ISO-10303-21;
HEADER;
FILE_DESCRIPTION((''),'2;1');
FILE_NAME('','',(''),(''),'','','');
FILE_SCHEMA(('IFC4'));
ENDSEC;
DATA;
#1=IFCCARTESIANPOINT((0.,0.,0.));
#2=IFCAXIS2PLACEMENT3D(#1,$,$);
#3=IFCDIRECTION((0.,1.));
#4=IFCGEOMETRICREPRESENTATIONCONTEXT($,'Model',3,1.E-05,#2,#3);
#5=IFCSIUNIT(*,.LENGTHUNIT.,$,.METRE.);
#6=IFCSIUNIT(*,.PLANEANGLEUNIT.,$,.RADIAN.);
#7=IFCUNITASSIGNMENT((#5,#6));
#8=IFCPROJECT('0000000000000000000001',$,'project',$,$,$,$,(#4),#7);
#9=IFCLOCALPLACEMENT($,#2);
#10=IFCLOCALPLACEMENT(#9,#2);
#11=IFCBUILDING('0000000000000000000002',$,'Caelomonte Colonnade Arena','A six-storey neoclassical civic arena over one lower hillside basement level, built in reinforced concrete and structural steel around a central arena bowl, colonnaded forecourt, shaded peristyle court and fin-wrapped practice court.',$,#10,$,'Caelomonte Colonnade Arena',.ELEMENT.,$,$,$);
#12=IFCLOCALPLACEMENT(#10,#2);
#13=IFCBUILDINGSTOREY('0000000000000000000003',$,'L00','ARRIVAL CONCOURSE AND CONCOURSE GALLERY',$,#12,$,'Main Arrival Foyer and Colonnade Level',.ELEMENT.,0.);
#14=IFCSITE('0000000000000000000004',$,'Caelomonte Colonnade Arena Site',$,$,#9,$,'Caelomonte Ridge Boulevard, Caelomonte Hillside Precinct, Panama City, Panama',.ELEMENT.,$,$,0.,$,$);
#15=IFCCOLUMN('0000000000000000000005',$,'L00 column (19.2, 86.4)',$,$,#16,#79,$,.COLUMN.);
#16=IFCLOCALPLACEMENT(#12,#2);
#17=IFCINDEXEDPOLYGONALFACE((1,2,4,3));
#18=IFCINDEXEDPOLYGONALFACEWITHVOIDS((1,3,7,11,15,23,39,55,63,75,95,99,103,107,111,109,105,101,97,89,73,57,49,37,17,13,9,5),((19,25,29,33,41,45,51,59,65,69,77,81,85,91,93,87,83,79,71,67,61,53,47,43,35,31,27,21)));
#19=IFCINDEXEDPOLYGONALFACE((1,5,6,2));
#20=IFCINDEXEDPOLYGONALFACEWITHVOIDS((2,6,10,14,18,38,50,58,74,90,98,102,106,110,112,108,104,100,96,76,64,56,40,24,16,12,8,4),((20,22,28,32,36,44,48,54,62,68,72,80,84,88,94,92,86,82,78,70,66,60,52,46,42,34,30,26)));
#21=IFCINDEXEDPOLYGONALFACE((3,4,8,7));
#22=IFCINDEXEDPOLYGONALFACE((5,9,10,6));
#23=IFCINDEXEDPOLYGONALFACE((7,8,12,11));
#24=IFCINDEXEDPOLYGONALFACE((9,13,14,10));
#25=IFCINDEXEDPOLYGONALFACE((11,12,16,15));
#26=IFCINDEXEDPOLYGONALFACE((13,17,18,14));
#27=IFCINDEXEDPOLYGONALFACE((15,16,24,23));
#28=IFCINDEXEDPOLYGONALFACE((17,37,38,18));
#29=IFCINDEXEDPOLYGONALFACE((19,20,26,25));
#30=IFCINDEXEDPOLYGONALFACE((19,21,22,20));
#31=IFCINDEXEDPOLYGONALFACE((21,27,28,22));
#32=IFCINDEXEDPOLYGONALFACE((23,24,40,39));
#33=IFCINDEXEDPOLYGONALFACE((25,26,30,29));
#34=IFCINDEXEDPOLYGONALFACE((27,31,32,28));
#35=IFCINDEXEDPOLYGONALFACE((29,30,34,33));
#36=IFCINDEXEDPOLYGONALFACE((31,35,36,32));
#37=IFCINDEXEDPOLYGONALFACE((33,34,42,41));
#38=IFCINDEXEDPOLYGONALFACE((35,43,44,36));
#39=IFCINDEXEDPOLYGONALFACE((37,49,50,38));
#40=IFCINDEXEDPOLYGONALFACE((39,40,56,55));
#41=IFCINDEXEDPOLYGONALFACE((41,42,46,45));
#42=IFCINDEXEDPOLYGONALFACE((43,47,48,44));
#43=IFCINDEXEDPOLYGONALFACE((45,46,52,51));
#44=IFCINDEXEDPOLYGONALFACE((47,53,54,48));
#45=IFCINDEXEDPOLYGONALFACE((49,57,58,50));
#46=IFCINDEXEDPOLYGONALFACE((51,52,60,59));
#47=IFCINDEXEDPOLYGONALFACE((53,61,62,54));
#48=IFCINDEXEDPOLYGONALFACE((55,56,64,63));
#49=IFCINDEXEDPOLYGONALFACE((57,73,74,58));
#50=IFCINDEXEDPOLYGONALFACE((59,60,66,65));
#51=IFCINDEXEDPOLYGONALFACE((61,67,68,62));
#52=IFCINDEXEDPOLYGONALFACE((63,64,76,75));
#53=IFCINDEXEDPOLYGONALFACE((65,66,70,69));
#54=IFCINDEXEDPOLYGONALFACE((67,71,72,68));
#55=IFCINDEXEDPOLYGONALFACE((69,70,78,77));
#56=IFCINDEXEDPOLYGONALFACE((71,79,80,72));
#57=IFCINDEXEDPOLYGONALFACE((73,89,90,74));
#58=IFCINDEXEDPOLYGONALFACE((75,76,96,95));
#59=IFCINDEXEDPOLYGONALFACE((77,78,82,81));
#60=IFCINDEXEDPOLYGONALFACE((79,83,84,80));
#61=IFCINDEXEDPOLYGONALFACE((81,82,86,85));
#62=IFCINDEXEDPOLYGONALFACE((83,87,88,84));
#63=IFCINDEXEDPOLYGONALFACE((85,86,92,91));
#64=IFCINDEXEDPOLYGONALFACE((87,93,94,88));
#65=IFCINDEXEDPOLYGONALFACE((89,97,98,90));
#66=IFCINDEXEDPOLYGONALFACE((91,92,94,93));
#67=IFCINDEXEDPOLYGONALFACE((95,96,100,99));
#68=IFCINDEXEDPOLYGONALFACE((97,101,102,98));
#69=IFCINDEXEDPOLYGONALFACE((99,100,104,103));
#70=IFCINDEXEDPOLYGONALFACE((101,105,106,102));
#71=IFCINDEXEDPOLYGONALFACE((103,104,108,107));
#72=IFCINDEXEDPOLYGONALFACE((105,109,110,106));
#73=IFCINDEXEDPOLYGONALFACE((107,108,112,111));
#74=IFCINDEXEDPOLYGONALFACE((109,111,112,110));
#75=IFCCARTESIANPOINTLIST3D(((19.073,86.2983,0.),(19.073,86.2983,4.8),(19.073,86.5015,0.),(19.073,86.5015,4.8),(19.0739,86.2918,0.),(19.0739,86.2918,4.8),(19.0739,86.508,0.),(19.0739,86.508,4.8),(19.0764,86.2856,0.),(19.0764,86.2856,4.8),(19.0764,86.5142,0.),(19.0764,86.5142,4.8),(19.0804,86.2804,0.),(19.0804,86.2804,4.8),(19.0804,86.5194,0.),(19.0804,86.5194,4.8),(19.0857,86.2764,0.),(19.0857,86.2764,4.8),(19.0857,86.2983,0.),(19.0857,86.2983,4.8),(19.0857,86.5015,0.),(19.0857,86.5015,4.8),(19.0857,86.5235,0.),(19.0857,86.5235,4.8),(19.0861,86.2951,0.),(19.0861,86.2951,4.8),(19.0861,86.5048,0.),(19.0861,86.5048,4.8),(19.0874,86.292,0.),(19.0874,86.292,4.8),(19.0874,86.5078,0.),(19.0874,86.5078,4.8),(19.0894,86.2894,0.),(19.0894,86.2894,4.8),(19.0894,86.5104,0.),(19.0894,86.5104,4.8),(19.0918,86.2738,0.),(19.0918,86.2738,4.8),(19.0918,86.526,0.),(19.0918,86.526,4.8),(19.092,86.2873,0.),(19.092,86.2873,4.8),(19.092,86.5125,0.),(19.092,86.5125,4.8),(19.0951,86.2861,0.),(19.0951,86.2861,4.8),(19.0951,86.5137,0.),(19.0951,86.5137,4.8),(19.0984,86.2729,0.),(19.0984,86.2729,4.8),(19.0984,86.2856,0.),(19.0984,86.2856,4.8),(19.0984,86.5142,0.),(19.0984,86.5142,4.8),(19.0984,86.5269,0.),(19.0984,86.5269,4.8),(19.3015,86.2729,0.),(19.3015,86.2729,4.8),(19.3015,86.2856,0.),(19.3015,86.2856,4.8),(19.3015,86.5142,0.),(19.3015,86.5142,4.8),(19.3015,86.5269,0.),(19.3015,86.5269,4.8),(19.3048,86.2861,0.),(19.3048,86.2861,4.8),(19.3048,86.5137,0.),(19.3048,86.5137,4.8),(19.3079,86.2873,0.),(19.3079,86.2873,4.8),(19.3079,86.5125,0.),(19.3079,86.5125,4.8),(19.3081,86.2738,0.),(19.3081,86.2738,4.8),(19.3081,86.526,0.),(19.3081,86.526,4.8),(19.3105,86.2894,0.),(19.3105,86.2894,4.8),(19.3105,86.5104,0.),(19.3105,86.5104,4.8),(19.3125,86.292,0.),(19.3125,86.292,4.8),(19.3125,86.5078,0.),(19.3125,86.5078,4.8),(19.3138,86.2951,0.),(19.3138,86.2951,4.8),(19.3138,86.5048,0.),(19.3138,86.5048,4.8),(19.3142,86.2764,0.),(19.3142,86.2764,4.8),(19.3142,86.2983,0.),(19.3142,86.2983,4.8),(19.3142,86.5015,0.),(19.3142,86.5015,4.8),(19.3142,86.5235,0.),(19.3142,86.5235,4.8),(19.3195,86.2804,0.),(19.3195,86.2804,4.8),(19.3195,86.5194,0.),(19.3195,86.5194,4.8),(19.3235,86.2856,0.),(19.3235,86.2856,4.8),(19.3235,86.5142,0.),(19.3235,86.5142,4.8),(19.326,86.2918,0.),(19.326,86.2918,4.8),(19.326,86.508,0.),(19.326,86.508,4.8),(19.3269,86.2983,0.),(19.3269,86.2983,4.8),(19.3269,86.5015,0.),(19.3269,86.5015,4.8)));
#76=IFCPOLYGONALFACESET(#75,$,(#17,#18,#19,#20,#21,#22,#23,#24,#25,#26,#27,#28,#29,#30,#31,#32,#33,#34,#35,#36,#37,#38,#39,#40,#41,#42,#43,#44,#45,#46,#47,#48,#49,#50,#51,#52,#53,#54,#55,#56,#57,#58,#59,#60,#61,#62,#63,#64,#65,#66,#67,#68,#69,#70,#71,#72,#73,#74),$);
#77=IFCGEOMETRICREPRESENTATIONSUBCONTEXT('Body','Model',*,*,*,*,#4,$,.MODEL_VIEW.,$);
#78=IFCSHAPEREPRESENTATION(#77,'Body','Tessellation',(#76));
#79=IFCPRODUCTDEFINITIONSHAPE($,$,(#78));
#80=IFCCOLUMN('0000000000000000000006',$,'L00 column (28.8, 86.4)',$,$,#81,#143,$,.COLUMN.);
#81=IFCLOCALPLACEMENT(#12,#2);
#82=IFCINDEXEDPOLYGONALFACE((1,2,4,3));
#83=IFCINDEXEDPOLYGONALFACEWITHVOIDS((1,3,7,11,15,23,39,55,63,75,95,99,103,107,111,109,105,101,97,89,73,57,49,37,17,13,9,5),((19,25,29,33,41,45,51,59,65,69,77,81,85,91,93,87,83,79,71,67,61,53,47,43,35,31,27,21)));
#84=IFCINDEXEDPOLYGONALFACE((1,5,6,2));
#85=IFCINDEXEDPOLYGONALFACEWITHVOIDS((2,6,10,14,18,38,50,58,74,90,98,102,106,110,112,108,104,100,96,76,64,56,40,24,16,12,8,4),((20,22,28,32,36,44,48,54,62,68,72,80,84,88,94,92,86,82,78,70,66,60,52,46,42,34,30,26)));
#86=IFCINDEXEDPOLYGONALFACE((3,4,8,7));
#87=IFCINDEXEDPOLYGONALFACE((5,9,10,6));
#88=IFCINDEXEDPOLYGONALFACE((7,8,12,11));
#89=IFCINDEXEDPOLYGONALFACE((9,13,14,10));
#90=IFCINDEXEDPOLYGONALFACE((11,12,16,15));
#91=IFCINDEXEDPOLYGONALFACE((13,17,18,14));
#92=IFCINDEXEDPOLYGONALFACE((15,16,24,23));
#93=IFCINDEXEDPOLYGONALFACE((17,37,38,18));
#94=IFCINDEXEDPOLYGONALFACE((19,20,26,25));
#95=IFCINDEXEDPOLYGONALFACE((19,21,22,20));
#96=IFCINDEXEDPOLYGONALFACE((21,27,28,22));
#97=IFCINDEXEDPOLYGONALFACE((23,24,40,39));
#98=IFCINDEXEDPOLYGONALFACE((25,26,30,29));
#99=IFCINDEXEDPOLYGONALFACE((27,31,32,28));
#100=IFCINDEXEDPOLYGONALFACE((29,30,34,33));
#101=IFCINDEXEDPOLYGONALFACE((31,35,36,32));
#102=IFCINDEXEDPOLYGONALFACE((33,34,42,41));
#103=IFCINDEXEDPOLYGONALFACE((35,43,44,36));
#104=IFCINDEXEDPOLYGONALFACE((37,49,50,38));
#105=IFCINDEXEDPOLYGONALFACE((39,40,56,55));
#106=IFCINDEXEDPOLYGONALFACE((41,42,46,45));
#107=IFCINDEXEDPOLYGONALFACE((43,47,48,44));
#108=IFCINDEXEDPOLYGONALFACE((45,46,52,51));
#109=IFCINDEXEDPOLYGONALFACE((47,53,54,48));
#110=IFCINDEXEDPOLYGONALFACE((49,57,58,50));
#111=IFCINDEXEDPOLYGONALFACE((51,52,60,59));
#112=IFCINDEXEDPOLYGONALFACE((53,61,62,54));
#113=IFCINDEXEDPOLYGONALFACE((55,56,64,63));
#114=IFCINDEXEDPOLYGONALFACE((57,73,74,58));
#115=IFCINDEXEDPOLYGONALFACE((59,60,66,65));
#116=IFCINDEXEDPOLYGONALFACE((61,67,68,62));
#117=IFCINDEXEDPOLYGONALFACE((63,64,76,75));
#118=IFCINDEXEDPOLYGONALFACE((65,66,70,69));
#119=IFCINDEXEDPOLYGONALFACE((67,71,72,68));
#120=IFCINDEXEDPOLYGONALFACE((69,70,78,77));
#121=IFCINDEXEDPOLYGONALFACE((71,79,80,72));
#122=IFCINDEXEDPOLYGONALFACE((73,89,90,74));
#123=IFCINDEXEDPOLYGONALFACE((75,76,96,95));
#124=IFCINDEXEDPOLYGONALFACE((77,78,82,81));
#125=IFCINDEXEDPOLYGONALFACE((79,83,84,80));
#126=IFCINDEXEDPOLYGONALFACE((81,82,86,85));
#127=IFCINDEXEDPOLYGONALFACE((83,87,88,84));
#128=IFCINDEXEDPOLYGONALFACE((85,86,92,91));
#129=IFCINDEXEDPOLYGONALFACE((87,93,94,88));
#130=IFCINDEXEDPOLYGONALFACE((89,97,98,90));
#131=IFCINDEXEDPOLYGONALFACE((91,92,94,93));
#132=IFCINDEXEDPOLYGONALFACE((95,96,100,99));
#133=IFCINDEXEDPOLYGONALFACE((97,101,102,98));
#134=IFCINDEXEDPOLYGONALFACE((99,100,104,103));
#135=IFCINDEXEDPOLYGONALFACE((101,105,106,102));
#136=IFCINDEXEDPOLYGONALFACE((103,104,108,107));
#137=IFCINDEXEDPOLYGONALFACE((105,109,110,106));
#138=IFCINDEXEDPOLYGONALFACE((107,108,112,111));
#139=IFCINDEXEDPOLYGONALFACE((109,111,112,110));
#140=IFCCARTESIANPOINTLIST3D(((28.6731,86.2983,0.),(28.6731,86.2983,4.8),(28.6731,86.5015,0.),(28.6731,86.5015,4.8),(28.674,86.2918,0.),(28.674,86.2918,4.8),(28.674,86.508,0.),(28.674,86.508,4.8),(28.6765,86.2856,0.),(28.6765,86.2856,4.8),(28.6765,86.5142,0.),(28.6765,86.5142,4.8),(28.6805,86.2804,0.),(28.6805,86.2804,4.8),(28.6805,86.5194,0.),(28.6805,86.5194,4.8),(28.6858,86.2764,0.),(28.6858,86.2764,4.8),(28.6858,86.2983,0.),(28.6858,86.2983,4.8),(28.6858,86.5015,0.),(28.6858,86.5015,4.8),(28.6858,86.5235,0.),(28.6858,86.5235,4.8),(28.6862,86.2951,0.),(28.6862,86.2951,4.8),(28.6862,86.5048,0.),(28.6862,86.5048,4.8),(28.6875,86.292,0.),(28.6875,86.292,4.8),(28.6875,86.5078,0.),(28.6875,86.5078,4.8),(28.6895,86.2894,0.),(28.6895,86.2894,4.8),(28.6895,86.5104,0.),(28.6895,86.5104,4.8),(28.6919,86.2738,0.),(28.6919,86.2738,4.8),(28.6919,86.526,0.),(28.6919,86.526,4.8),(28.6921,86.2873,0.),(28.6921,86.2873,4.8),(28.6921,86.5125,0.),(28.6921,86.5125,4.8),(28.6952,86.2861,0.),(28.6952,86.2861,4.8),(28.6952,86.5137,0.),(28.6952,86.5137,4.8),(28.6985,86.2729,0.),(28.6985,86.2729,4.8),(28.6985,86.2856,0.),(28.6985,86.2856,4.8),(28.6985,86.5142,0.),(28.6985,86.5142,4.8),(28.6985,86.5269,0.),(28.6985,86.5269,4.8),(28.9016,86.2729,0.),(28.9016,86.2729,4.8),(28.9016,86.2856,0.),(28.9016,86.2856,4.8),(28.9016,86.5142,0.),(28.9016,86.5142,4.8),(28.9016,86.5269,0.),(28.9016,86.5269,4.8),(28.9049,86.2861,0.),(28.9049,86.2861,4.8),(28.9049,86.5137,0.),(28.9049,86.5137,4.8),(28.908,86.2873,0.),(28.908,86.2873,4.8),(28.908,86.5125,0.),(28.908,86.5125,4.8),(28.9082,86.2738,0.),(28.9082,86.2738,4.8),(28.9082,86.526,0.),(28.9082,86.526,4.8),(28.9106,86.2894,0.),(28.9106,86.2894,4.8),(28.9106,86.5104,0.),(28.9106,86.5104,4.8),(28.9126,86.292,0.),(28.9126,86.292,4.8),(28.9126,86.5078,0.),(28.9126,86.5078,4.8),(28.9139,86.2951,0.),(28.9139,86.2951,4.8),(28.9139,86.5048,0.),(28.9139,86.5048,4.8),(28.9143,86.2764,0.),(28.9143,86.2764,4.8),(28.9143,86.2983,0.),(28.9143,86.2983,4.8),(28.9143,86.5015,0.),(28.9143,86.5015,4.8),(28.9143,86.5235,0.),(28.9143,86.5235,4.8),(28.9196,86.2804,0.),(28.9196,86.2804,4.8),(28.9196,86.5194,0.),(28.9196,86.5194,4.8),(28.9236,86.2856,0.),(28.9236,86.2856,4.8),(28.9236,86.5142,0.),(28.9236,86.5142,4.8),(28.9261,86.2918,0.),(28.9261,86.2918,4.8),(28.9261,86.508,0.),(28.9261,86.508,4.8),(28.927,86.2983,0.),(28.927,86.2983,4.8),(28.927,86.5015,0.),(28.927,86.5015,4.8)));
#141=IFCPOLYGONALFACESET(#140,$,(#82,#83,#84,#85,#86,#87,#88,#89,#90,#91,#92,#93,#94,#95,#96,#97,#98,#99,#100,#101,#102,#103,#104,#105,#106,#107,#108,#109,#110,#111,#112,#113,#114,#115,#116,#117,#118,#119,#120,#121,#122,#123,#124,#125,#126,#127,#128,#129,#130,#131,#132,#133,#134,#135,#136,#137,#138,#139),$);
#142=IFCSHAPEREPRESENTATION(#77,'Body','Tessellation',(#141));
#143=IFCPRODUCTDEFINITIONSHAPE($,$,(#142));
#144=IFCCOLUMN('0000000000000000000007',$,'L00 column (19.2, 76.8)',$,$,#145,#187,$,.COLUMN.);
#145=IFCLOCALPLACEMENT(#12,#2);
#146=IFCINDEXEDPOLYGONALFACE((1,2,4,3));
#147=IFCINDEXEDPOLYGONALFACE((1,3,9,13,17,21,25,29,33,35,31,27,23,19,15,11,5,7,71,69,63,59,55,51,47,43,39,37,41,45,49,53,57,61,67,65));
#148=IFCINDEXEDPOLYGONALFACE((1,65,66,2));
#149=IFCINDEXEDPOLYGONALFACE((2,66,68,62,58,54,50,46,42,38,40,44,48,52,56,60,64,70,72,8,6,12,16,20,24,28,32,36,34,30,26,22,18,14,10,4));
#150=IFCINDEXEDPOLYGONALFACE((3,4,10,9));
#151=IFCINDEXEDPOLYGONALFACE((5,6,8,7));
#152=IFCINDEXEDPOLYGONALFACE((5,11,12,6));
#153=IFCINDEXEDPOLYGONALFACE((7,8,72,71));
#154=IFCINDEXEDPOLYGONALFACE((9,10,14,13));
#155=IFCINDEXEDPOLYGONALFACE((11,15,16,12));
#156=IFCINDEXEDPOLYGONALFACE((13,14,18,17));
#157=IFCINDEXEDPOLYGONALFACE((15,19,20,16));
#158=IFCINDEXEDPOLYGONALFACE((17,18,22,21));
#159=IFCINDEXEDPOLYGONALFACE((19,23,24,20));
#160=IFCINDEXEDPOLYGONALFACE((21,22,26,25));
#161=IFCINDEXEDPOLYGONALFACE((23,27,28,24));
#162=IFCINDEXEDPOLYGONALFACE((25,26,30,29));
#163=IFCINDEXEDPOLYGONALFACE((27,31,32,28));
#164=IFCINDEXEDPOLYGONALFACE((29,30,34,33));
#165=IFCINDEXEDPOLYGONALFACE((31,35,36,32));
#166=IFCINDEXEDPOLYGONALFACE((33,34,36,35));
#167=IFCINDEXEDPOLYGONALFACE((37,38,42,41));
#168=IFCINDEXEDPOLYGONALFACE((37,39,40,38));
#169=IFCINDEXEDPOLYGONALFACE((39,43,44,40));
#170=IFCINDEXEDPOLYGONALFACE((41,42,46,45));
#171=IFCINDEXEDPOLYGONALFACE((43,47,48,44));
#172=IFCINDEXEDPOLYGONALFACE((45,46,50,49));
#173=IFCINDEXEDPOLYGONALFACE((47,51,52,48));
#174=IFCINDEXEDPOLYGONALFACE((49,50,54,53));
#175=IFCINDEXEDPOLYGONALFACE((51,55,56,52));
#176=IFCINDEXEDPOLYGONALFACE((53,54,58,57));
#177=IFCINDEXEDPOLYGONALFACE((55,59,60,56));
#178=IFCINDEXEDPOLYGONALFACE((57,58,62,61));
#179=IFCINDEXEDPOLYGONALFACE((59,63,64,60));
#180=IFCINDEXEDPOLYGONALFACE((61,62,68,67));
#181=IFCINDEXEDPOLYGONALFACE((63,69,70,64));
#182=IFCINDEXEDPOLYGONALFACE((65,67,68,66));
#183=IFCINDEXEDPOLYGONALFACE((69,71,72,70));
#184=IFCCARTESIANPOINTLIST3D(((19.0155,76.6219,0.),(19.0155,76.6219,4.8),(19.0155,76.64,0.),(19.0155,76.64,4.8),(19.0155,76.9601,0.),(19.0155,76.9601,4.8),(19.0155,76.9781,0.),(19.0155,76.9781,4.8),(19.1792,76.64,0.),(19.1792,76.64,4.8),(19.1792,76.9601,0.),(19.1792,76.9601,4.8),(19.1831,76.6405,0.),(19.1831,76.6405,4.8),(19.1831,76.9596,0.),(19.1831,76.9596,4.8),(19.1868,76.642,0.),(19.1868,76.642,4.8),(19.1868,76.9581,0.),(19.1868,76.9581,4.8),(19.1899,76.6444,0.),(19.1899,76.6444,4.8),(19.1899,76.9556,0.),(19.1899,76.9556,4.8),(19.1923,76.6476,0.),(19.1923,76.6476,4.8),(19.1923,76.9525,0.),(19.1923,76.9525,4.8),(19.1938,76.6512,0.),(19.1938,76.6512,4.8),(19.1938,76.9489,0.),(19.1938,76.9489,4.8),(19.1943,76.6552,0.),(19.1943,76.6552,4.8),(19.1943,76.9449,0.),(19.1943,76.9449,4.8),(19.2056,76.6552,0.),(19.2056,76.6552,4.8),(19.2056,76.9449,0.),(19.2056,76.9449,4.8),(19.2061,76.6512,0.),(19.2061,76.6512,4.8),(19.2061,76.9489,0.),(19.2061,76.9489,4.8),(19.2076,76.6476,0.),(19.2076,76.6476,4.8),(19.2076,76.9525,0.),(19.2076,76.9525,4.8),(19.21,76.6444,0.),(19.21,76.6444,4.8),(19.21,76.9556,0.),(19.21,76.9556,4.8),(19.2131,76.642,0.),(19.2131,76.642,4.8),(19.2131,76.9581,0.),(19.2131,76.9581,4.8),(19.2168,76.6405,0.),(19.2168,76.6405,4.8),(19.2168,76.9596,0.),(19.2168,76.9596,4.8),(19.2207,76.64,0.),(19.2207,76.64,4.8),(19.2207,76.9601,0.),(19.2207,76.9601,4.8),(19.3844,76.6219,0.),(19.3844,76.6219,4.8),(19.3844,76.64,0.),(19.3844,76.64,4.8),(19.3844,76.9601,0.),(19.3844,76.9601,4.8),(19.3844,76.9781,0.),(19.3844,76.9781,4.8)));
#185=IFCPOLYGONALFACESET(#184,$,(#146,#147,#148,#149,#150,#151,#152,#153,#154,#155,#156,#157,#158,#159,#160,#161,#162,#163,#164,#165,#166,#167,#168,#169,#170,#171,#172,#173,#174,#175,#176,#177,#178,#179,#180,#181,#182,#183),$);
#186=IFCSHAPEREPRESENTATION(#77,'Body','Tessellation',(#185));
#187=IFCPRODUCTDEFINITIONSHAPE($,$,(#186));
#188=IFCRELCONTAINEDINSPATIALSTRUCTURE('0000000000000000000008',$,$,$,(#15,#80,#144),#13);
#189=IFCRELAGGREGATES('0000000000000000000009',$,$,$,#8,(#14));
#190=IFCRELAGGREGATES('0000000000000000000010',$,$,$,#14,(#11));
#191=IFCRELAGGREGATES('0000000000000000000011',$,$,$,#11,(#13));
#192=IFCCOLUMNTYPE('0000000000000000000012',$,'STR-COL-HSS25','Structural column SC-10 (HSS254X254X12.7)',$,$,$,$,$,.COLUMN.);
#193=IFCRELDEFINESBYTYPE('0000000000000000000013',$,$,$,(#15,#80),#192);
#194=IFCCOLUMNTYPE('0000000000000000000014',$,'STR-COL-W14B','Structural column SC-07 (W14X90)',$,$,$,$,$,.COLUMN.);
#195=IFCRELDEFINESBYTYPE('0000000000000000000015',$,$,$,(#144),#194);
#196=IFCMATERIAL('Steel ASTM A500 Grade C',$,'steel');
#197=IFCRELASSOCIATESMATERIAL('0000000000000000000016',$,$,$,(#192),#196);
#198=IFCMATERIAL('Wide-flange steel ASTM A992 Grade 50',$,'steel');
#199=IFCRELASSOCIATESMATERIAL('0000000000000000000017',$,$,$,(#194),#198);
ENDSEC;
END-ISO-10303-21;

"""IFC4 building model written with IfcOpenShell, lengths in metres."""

from ifc_helpers import new_model, si_unit, direction, frame, origin, origin_2d, place, context, subcontext, project, spatial, hollow_rectangle, i_section, extrude, material, material_profile, profile_set, type_object, element, save


model = new_model("IFC4")

# Units and contexts
model_context = context("Model", 3, precision=1e-05, world=origin(), true_north=direction((0.0, 1.0)))
body_context = subcontext(model_context, "Body", "Model", "MODEL_VIEW")
ifc_project = project(units=[si_unit("LENGTHUNIT", "METRE"), si_unit("PLANEANGLEUNIT", "RADIAN")], contexts=[model_context])

# Site, building, storey
site_placement = place(None, origin())
site = spatial("IfcSite", under=ifc_project, at=site_placement, Name="Caelomonte Colonnade Arena Site", LongName="Caelomonte Ridge Boulevard, Caelomonte Hillside Precinct, Panama City, Panama", CompositionType="ELEMENT", RefElevation=0.0)
building_placement = place(site_placement, origin())
building = spatial("IfcBuilding", under=site, at=building_placement, Name="Caelomonte Colonnade Arena", Description="A six-storey neoclassical civic arena over one lower hillside basement level, built in reinforced concrete and structural steel around a central arena bowl, colonnaded forecourt, shaded peristyle court and fin-wrapped practice court.", LongName="Caelomonte Colonnade Arena", CompositionType="ELEMENT")
storey_placement = place(building_placement, origin())
storey = spatial("IfcBuildingStorey", under=building, at=storey_placement, Name="L00", Description="ARRIVAL CONCOURSE AND CONCOURSE GALLERY", LongName="Main Arrival Foyer and Colonnade Level", CompositionType="ELEMENT", Elevation=0.0)

# Columns
ifc_material_1 = material(Name="Steel ASTM A500 Grade C", Category="steel")
ifc_material_profile_1 = material_profile(ifc_material_1, hollow_rectangle(XDim=0.2539, YDim=0.2539, WallThickness=0.0127, InnerFilletRadius=0.0127, OuterFilletRadius=0.0254, at=origin_2d()), Name="HSS254X254X12.7")
ifc_profile_set_1 = profile_set([ifc_material_profile_1], Name="Steel ASTM A500 Grade C")
column_type_1 = type_object("IfcColumnType", Name="STR-COL-HSS25", Description="Structural column SC-10 (HSS254X254X12.7)", PredefinedType="COLUMN", material=ifc_profile_set_1)
for number, where, z_axis, x_axis, name in (
    (1, (19.2, 86.3999, 0.0), (0.0, 0.0, 1.0), (1.0, 0.0, 0.0), "L00 column (19.2, 86.4)"),
    (2, (28.8, 86.3999, 0.0), (0.0, 0.0, 1.0), (1.0, 0.0, 0.0), "L00 column (28.8, 86.4)"),
):
    element("IfcColumn", number, at=place(storey_placement, frame(where, z_axis=z_axis, x_axis=x_axis)), inside=storey, type_object=column_type_1, Name=name, PredefinedType="COLUMN", context=body_context, shape_type="SweptSolid", body=[
        extrude(hollow_rectangle(XDim=0.2539, YDim=0.2539, WallThickness=0.0127, InnerFilletRadius=0.0127, OuterFilletRadius=0.0254, at=origin_2d()), origin(), (0.0, 0.0, 1.0), 4.8),
    ])
ifc_material_2 = material(Name="Wide-flange steel ASTM A992 Grade 50", Category="steel")
ifc_material_profile_2 = material_profile(ifc_material_2, i_section(OverallWidth=0.3689, OverallDepth=0.3562, WebThickness=0.0112, FlangeThickness=0.0181, FilletRadius=0.0151, at=origin_2d()), Name="W14X90")
ifc_profile_set_2 = profile_set([ifc_material_profile_2], Name="Wide-flange steel ASTM A992 Grade 50")
column_type_2 = type_object("IfcColumnType", Name="STR-COL-W14B", Description="Structural column SC-07 (W14X90)", PredefinedType="COLUMN", material=ifc_profile_set_2)
for number, where, z_axis, x_axis, name in (
    (3, (19.2, 76.8, 0.0), (0.0, 0.0, 1.0), (1.0, 0.0, 0.0), "L00 column (19.2, 76.8)"),
):
    element("IfcColumn", number, at=place(storey_placement, frame(where, z_axis=z_axis, x_axis=x_axis)), inside=storey, type_object=column_type_2, Name=name, PredefinedType="COLUMN", context=body_context, shape_type="SweptSolid", body=[
        extrude(i_section(OverallWidth=0.3689, OverallDepth=0.3562, WebThickness=0.0112, FlangeThickness=0.0181, FilletRadius=0.0151, at=origin_2d()), origin(), (0.0, 0.0, 1.0), 4.8),
    ])

save(model, "model.ifc")
